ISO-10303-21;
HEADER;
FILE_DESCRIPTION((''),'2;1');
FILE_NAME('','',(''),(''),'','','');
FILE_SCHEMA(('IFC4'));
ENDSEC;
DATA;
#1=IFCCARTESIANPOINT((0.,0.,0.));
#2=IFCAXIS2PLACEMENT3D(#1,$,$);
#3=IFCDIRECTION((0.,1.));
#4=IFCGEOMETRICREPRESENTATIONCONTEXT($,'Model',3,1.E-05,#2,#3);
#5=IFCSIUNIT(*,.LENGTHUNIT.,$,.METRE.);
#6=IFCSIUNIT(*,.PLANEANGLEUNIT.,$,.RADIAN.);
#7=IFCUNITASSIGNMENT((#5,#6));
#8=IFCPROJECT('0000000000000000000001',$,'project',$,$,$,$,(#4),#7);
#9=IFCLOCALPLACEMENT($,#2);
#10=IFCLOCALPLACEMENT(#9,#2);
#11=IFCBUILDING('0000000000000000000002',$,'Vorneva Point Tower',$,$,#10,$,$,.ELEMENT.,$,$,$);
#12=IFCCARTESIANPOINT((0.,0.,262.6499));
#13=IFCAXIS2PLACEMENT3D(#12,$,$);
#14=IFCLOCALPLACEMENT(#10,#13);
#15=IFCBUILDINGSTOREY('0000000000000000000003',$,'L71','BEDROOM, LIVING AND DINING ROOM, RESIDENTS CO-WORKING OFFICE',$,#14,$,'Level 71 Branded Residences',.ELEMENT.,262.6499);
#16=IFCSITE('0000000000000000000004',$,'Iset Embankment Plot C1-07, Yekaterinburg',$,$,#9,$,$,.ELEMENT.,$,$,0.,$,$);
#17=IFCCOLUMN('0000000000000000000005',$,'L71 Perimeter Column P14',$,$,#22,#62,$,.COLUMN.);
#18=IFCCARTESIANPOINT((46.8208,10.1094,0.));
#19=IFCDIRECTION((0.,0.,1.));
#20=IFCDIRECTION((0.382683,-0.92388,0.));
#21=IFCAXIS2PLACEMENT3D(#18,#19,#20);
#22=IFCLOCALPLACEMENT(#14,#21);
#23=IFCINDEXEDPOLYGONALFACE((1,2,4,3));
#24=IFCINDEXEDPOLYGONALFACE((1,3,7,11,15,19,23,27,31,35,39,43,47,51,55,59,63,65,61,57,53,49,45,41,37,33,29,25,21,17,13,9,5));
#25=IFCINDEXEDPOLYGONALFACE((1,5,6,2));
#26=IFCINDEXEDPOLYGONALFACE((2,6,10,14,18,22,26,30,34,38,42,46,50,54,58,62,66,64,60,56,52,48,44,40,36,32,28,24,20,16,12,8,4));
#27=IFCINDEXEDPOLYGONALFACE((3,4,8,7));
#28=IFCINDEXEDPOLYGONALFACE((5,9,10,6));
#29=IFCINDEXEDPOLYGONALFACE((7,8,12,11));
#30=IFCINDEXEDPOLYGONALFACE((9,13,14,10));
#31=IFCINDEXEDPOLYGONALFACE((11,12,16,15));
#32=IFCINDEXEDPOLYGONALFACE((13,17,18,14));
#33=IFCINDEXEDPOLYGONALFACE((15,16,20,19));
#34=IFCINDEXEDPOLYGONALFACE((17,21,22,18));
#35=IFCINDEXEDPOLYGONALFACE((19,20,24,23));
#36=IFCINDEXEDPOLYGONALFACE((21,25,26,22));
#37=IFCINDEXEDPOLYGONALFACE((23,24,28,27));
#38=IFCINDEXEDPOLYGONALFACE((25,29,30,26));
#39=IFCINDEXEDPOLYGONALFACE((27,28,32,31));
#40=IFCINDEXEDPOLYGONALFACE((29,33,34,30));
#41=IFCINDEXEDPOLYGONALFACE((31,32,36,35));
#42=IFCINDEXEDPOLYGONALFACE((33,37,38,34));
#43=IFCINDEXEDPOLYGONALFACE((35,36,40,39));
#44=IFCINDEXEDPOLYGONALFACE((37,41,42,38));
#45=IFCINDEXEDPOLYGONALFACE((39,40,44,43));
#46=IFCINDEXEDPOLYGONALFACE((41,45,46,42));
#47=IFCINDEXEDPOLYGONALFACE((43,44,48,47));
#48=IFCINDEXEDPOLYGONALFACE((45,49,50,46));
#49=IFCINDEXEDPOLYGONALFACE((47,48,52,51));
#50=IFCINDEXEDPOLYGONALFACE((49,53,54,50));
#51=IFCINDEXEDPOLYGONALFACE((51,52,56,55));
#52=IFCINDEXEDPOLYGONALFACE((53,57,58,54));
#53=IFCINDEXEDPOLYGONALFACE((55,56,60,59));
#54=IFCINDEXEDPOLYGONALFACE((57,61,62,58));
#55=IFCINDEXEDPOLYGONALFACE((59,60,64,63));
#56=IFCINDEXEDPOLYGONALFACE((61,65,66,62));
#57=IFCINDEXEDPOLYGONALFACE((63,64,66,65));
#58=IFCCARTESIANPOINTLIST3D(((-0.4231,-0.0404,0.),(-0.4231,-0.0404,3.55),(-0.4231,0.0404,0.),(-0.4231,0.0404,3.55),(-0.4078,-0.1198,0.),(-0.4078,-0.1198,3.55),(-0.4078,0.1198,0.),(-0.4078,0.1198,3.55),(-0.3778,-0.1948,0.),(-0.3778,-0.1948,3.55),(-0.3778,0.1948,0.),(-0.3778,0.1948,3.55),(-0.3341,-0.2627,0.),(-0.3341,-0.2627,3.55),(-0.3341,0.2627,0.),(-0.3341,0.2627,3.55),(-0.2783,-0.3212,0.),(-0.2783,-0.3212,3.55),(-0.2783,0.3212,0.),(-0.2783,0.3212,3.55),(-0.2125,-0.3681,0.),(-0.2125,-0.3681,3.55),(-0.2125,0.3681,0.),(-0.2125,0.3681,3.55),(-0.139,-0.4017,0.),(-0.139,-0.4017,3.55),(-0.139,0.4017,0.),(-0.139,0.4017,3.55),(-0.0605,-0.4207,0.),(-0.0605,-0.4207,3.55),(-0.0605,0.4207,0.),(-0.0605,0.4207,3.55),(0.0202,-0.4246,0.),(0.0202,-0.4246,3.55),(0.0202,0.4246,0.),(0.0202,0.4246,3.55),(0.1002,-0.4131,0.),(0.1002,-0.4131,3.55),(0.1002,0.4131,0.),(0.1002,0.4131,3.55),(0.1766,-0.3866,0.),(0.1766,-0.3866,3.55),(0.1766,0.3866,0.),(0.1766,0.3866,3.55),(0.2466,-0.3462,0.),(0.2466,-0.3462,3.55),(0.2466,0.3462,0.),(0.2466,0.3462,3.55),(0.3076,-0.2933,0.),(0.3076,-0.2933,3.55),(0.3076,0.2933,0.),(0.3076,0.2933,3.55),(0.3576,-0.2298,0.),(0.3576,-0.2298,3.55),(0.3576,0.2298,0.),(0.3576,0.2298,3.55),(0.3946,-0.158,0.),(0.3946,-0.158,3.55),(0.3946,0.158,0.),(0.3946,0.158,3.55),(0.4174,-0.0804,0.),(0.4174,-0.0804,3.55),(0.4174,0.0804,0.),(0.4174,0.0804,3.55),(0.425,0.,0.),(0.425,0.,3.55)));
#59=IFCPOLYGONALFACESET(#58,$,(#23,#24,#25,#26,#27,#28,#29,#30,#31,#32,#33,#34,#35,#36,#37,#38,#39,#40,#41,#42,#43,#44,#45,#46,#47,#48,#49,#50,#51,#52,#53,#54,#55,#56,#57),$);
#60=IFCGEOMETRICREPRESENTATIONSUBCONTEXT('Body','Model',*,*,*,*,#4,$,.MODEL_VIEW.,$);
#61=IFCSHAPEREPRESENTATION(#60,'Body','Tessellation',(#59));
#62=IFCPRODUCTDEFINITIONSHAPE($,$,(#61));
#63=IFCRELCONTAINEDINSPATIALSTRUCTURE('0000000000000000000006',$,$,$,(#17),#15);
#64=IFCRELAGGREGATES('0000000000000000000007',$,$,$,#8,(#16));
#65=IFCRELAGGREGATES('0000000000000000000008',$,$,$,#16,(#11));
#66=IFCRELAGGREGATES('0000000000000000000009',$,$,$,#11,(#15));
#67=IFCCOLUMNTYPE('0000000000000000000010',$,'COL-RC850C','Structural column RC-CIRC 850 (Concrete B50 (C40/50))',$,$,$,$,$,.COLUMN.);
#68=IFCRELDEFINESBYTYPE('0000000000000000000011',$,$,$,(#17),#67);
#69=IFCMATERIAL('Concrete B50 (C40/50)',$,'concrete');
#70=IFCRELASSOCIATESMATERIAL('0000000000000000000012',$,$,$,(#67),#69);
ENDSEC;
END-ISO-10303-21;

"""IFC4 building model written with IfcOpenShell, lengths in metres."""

from ifc_helpers import new_model, si_unit, direction, frame, origin, origin_2d, place, context, subcontext, project, spatial, circle, extrude, material, material_profile, profile_set, type_object, element, save


model = new_model("IFC4")

# Units and contexts
model_context = context("Model", 3, precision=1e-05, world=origin(), true_north=direction((0.0, 1.0)))
body_context = subcontext(model_context, "Body", "Model", "MODEL_VIEW")
ifc_project = project(units=[si_unit("LENGTHUNIT", "METRE"), si_unit("PLANEANGLEUNIT", "RADIAN")], contexts=[model_context])

# Site, building, storey
site_placement = place(None, origin())
site = spatial("IfcSite", under=ifc_project, at=site_placement, Name="Iset Embankment Plot C1-07, Yekaterinburg", CompositionType="ELEMENT", RefElevation=0.0)
building_placement = place(site_placement, origin())
building = spatial("IfcBuilding", under=site, at=building_placement, Name="Vorneva Point Tower", CompositionType="ELEMENT")
storey_placement = place(building_placement, frame((0.0, 0.0, 262.6499)))
storey = spatial("IfcBuildingStorey", under=building, at=storey_placement, Name="L71", Description="BEDROOM, LIVING AND DINING ROOM, RESIDENTS CO-WORKING OFFICE", LongName="Level 71 Branded Residences", CompositionType="ELEMENT", Elevation=262.6499)

# Column
ifc_material_1 = material(Name="Concrete B50 (C40/50)", Category="concrete")
ifc_material_profile_1 = material_profile(ifc_material_1, circle(Radius=0.425, at=origin_2d()), Name="RC-CIRC 850")
ifc_profile_set_1 = profile_set([ifc_material_profile_1], Name="Concrete B50 (C40/50)")
column_type = type_object("IfcColumnType", Name="COL-RC850C", Description="Structural column RC-CIRC 850 (Concrete B50 (C40/50))", PredefinedType="COLUMN", material=ifc_profile_set_1)
column_placement = place(storey_placement, frame((46.8208, 10.1094, 0.0), z_axis=(0.0, 0.0, 1.0), x_axis=(0.382683, -0.92388, 0.0)))
element("IfcColumn", 1, at=column_placement, inside=storey, type_object=column_type, Name="L71 Perimeter Column P14", PredefinedType="COLUMN", context=body_context, shape_type="SweptSolid", body=[
    extrude(circle(Radius=0.425, at=origin_2d()), origin(), (0.0, 0.0, 1.0), 3.55),
])

save(model, "model.ifc")
